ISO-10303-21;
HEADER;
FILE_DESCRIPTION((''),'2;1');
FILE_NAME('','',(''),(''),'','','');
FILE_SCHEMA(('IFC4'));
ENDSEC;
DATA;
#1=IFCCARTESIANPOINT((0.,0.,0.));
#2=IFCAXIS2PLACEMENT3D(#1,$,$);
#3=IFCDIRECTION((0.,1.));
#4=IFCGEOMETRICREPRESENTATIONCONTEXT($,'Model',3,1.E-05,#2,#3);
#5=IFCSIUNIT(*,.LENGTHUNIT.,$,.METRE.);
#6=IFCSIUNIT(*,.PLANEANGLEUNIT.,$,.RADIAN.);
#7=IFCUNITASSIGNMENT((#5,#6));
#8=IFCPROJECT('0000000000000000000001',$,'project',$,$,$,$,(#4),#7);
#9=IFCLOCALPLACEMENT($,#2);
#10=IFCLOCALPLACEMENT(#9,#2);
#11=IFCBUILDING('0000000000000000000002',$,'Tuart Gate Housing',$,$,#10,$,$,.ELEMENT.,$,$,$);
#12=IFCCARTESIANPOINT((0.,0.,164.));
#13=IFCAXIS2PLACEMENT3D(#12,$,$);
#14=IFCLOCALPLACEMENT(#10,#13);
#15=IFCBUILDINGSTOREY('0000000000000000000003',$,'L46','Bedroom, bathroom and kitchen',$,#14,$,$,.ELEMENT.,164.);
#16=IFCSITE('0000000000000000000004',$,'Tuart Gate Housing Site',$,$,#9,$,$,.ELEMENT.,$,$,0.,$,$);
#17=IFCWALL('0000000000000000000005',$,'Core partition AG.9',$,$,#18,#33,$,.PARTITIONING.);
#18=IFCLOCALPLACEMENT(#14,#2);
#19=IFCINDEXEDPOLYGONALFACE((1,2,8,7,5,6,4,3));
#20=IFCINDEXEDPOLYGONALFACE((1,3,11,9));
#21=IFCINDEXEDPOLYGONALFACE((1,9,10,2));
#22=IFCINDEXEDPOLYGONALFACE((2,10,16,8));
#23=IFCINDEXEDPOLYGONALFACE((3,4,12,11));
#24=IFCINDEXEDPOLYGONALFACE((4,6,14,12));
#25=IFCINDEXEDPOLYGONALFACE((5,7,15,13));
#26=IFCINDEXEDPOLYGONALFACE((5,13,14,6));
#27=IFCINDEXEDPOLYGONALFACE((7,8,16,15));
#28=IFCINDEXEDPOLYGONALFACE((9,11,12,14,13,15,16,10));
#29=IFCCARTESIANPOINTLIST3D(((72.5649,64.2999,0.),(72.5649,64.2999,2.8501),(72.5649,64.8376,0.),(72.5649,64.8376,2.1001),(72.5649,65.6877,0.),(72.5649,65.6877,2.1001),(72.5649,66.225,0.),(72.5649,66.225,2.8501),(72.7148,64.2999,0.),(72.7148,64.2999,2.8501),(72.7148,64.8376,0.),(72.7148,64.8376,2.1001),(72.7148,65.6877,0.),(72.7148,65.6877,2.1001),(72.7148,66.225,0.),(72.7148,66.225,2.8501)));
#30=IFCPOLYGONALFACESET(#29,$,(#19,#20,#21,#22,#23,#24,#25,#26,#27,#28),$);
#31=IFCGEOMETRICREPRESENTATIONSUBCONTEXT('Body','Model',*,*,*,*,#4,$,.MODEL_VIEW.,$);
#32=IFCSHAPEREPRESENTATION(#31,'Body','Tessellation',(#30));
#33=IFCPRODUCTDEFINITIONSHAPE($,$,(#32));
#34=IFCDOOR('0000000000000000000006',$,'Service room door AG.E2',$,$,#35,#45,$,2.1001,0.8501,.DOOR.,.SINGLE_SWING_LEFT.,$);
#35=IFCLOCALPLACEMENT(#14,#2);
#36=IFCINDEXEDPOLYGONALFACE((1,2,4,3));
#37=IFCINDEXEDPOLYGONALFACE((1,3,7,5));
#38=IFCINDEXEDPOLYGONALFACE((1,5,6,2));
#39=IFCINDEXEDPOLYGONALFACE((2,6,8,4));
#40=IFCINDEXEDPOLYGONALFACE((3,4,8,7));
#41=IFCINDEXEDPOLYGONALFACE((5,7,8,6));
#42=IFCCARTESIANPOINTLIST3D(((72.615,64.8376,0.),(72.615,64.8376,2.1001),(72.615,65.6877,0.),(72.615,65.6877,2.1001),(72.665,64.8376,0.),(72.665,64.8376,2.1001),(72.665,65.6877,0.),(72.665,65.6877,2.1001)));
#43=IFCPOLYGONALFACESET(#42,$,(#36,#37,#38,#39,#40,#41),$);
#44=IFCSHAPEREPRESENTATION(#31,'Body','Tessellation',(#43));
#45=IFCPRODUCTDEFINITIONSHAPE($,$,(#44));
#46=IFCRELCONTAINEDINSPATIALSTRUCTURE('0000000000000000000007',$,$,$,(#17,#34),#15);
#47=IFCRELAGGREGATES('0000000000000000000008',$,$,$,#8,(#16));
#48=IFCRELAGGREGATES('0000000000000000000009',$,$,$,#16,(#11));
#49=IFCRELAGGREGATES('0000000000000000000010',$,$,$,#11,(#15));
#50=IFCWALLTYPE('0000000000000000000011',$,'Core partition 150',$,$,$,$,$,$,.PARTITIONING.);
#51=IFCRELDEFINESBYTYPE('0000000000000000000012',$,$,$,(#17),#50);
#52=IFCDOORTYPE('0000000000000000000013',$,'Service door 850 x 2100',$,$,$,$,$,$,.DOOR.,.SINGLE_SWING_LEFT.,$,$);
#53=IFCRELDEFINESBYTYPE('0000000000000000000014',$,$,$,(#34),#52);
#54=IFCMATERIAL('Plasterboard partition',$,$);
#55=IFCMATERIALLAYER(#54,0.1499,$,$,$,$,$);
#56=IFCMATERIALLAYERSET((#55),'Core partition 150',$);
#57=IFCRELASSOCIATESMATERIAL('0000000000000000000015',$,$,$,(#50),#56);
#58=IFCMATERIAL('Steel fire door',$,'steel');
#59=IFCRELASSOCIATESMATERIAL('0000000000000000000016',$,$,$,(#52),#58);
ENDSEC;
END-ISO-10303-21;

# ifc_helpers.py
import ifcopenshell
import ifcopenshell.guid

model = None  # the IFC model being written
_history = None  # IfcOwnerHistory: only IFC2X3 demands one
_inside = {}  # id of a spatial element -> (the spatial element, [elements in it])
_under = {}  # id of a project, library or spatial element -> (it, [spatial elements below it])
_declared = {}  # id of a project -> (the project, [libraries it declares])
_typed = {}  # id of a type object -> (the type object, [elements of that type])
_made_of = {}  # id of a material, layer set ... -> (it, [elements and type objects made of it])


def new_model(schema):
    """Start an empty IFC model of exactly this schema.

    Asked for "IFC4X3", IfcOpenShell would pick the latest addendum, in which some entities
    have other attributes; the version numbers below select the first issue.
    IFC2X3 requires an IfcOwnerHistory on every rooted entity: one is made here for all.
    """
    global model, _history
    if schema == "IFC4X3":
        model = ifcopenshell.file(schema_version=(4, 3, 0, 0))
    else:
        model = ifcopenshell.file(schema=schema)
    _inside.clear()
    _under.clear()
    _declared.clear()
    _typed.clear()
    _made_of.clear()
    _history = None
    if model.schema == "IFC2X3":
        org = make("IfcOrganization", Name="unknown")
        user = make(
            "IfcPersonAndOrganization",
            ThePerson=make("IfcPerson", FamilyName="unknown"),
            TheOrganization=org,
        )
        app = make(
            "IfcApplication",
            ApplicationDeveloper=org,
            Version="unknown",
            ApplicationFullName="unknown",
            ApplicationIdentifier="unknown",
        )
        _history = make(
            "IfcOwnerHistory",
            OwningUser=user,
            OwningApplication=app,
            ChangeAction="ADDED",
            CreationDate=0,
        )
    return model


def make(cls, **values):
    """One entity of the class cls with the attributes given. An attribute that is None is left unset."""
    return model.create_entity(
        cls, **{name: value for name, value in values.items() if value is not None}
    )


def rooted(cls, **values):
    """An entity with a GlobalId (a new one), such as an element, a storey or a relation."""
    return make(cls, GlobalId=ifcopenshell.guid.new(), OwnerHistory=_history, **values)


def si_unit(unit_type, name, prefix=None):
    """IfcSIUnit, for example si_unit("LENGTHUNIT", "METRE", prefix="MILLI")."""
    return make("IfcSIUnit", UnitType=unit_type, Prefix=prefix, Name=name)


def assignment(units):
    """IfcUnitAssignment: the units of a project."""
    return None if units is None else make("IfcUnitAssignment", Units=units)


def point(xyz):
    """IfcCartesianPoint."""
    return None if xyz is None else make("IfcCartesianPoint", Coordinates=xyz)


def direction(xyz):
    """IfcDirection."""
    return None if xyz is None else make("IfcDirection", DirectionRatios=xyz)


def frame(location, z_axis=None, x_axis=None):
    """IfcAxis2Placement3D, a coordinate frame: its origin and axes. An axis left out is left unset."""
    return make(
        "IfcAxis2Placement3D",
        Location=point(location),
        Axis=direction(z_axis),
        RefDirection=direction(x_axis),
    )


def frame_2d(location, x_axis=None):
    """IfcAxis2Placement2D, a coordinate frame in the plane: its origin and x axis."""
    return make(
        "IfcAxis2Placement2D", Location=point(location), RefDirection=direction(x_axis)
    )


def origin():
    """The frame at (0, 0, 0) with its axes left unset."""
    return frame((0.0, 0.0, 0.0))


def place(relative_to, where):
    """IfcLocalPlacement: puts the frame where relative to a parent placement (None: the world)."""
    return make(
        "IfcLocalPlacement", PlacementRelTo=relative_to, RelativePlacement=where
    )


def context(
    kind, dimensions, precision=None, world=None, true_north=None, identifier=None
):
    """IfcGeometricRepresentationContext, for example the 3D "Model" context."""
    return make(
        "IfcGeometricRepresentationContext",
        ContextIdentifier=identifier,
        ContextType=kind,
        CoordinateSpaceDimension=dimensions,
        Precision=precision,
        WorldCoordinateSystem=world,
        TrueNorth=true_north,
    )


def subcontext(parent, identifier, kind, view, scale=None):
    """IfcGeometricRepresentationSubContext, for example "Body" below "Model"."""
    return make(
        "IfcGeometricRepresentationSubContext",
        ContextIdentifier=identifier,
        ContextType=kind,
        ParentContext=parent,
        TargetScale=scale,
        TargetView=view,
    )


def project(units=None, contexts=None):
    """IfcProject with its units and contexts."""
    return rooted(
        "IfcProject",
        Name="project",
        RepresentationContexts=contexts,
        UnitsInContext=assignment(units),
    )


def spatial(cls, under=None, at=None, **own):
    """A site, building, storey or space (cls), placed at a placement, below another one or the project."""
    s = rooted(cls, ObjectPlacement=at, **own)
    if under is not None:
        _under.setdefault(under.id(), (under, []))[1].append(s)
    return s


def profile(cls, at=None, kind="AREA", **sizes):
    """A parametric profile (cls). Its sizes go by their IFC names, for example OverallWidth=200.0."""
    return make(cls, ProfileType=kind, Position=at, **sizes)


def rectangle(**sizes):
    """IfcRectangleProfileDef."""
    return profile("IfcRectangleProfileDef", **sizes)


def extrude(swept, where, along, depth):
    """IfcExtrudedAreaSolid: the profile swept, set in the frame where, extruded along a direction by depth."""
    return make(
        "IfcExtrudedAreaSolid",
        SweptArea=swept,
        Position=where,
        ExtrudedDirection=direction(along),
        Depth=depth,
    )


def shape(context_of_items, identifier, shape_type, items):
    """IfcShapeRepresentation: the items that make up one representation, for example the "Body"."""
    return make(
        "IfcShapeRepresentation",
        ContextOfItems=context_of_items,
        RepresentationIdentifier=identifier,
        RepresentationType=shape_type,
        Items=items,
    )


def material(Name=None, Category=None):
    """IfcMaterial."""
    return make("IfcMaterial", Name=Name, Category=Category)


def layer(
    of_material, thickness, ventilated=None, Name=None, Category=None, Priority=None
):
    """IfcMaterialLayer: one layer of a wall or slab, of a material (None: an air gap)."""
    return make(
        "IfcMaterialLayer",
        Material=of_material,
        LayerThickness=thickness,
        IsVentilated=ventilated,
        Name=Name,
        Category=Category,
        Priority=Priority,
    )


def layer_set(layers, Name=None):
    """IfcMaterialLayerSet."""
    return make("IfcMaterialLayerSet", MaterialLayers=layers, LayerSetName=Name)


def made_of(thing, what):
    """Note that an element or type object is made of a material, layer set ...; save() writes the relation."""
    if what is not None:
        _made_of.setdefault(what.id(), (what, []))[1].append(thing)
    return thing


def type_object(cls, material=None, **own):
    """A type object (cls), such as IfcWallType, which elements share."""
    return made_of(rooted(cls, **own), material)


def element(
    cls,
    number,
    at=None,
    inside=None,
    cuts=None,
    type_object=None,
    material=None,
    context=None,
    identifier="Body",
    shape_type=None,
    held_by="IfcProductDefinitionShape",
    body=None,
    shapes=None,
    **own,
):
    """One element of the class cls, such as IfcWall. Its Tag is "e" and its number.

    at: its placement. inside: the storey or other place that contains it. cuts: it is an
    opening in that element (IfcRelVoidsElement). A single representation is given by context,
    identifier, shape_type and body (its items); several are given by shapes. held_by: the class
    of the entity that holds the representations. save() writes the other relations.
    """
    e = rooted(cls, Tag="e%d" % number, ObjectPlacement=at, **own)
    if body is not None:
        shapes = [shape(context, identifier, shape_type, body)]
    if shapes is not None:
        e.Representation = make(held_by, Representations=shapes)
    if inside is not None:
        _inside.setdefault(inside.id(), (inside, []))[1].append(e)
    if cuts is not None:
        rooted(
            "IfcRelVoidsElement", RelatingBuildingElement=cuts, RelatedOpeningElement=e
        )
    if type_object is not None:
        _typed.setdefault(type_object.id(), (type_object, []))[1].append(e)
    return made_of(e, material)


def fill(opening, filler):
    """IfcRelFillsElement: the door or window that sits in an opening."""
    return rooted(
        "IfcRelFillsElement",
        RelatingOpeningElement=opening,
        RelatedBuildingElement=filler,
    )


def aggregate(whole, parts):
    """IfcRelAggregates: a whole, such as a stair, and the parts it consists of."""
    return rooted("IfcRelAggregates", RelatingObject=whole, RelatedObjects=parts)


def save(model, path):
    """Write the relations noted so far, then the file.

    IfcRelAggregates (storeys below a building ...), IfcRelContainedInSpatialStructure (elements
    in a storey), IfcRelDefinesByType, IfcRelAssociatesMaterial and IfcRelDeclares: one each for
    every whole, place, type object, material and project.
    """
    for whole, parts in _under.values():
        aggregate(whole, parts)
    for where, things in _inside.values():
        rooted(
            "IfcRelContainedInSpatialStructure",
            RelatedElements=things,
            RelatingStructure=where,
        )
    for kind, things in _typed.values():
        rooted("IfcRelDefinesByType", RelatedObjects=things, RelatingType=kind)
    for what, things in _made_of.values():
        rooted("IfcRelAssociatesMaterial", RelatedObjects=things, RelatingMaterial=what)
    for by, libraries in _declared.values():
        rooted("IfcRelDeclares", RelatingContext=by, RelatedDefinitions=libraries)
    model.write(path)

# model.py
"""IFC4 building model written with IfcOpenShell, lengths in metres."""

from ifc_helpers import new_model, si_unit, direction, frame, frame_2d, origin, place, context, subcontext, project, spatial, rectangle, extrude, material, layer, layer_set, type_object, element, fill, save


model = new_model("IFC4")

# Units and contexts
model_context = context("Model", 3, precision=1e-05, world=origin(), true_north=direction((0.0, 1.0)))
body_context = subcontext(model_context, "Body", "Model", "MODEL_VIEW")
ifc_project = project(units=[si_unit("LENGTHUNIT", "METRE"), si_unit("PLANEANGLEUNIT", "RADIAN")], contexts=[model_context])

# Site, building, storey
site_placement = place(None, origin())
site = spatial("IfcSite", under=ifc_project, at=site_placement, Name="Tuart Gate Housing Site", CompositionType="ELEMENT", RefElevation=0.0)
building_placement = place(site_placement, origin())
building = spatial("IfcBuilding", under=site, at=building_placement, Name="Tuart Gate Housing", CompositionType="ELEMENT")
storey_placement = place(building_placement, frame((0.0, 0.0, 164.0)))
storey = spatial("IfcBuildingStorey", under=building, at=storey_placement, Name="L46", Description="Bedroom, bathroom and kitchen", CompositionType="ELEMENT", Elevation=164.0)

# Wall, opening, door
ifc_material_1 = material(Name="Plasterboard partition")
ifc_layer_1 = layer(ifc_material_1, 0.1499)
ifc_layer_set_1 = layer_set([ifc_layer_1], Name="Core partition 150")
wall_type_1 = type_object("IfcWallType", Name="Core partition 150", PredefinedType="PARTITIONING", material=ifc_layer_set_1)
wall_1_placement = place(storey_placement, frame((72.6399, 64.3, 0.0), z_axis=(0.0, 0.0, 1.0), x_axis=(0.0, 1.0, 0.0)))
wall_1 = element("IfcWall", 1, at=wall_1_placement, inside=storey, type_object=wall_type_1, Name="Core partition AG.9", PredefinedType="PARTITIONING", context=body_context, shape_type="SweptSolid", body=[
    extrude(rectangle(XDim=1.925, YDim=0.1499, at=frame_2d((0.9624, 0.0))), origin(), (0.0, 0.0, 1.0), 2.8501),
])
opening_1_placement = place(wall_1_placement, frame((0.5376, 0.0, 0.0)))
opening_1 = element("IfcOpeningElement", 2, at=opening_1_placement, cuts=wall_1, PredefinedType="OPENING", context=body_context, shape_type="SweptSolid", body=[
    extrude(rectangle(XDim=0.8501, YDim=2.1001, at=frame_2d((0.425, 1.05))), frame((0.0, 0.085, 0.0), z_axis=(0.0, -1.0, 0.0), x_axis=(1.0, 0.0, 0.0)), (0.0, 0.0, 1.0), 0.1699),
])
ifc_material_2 = material(Name="Steel fire door", Category="steel")
door_type = type_object("IfcDoorType", Name="Service door 850 x 2100", OperationType="SINGLE_SWING_LEFT", PredefinedType="DOOR", material=ifc_material_2)
door_placement = place(opening_1_placement, origin())
door = element("IfcDoor", 3, at=door_placement, inside=storey, type_object=door_type, Name="Service room door AG.E2", OperationType="SINGLE_SWING_LEFT", OverallHeight=2.1001, OverallWidth=0.8501, PredefinedType="DOOR", context=body_context, shape_type="SweptSolid", body=[
    extrude(rectangle(XDim=0.8501, YDim=2.1001, at=frame_2d((0.425, 1.05))), frame((0.0, 0.0249, 0.0), z_axis=(0.0, -1.0, 0.0), x_axis=(1.0, 0.0, 0.0)), (0.0, 0.0, 1.0), 0.05),
])
fill(opening_1, door)

save(model, "model.ifc")
